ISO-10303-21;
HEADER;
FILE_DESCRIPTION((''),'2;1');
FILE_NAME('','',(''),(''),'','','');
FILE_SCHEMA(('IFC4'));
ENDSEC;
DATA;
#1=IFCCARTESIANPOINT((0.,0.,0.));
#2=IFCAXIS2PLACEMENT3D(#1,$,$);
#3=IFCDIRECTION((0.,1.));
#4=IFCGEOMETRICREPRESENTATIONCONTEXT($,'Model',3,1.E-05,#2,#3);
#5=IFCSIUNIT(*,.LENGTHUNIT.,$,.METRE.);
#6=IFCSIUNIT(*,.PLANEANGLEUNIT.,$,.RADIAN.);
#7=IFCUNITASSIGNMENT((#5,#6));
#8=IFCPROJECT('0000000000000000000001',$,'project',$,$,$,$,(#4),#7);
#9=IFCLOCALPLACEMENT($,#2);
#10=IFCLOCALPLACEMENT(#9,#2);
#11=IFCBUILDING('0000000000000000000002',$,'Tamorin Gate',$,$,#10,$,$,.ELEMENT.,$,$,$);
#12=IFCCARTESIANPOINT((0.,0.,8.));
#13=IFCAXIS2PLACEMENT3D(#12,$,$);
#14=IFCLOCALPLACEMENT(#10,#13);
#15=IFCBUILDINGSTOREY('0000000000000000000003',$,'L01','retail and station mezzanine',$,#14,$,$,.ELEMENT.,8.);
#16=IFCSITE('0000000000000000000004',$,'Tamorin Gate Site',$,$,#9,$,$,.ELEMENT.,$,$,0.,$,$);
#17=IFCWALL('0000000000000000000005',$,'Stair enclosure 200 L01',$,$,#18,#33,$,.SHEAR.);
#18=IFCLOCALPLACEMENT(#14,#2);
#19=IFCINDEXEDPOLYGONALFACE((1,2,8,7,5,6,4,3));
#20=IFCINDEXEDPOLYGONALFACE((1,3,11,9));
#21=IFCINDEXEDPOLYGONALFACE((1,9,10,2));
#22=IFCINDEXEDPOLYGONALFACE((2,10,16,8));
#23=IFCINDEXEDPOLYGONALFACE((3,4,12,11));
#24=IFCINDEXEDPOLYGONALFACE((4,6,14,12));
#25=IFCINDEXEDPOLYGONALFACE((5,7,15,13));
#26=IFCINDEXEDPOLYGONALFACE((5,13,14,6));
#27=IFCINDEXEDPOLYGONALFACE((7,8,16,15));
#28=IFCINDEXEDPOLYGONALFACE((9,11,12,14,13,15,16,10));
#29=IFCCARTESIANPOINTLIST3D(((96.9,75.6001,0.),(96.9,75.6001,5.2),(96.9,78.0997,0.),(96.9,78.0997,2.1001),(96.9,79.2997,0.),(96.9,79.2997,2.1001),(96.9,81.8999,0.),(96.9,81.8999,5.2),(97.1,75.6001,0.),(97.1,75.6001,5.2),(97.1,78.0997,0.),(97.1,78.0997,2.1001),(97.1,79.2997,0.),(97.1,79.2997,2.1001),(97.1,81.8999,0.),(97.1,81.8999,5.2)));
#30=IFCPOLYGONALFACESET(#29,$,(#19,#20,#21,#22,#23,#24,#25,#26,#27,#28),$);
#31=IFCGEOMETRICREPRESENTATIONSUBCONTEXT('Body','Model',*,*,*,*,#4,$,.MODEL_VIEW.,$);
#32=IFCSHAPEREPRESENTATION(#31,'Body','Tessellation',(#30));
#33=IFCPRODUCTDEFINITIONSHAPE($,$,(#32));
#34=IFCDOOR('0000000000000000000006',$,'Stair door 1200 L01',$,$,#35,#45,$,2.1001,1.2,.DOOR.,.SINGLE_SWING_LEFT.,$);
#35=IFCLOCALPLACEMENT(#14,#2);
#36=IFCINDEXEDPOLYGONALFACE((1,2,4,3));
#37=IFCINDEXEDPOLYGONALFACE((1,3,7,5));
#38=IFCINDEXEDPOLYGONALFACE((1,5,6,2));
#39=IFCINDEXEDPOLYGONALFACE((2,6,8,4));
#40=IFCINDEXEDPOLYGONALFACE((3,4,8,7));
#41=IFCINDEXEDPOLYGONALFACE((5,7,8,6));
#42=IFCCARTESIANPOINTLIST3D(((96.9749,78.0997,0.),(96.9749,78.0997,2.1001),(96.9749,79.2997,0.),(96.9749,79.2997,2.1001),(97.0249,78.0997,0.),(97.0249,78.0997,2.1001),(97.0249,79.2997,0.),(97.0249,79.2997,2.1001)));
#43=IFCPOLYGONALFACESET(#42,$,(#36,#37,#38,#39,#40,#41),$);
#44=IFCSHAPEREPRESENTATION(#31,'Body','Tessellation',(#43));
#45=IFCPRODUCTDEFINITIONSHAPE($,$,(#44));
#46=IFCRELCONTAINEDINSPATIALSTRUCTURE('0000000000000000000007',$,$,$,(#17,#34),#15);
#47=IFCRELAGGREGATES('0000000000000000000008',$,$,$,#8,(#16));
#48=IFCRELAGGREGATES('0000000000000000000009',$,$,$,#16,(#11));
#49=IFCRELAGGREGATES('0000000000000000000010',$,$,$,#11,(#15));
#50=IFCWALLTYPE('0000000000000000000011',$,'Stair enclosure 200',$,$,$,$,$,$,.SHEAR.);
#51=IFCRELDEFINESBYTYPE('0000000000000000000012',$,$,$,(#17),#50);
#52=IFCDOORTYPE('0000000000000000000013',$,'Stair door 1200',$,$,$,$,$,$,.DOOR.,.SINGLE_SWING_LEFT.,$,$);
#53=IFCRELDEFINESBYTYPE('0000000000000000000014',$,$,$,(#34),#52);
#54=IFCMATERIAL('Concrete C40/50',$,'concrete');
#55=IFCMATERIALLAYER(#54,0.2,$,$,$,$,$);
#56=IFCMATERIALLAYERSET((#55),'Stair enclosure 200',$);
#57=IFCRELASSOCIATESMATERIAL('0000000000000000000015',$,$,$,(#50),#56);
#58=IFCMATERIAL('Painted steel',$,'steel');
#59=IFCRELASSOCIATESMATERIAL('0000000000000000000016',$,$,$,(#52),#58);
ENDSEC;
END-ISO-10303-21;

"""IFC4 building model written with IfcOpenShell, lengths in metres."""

from ifc_helpers import new_model, si_unit, direction, frame, frame_2d, origin, place, context, subcontext, project, spatial, rectangle, extrude, material, layer, layer_set, type_object, element, fill, save


model = new_model("IFC4")

# Units and contexts
model_context = context("Model", 3, precision=1e-05, world=origin(), true_north=direction((0.0, 1.0)))
body_context = subcontext(model_context, "Body", "Model", "MODEL_VIEW")
ifc_project = project(units=[si_unit("LENGTHUNIT", "METRE"), si_unit("PLANEANGLEUNIT", "RADIAN")], contexts=[model_context])

# Site, building, storey
site_placement = place(None, origin())
site = spatial("IfcSite", under=ifc_project, at=site_placement, Name="Tamorin Gate Site", CompositionType="ELEMENT", RefElevation=0.0)
building_placement = place(site_placement, origin())
building = spatial("IfcBuilding", under=site, at=building_placement, Name="Tamorin Gate", CompositionType="ELEMENT")
storey_placement = place(building_placement, frame((0.0, 0.0, 8.0)))
storey = spatial("IfcBuildingStorey", under=building, at=storey_placement, Name="L01", Description="retail and station mezzanine", CompositionType="ELEMENT", Elevation=8.0)

# Shared definitions
ifc_material_1 = material(Name="Concrete C40/50", Category="concrete")
ifc_layer_1 = layer(ifc_material_1, 0.2)
ifc_layer_set_1 = layer_set([ifc_layer_1], Name="Stair enclosure 200")
wall_type_1 = type_object("IfcWallType", Name="Stair enclosure 200", PredefinedType="SHEAR", material=ifc_layer_set_1)

# Wall, opening, door
wall_1_placement = place(storey_placement, frame((97.0, 81.8999, 0.0), z_axis=(0.0, 0.0, 1.0), x_axis=(0.0, -1.0, 0.0)))
wall_1 = element("IfcWall", 1, at=wall_1_placement, inside=storey, type_object=wall_type_1, Name="Stair enclosure 200 L01", PredefinedType="SHEAR", context=body_context, shape_type="SweptSolid", body=[
    extrude(rectangle(XDim=6.2998, YDim=0.2, at=frame_2d((3.1499, 0.0))), origin(), (0.0, 0.0, 1.0), 5.2),
])
opening_1_placement = place(wall_1_placement, frame((2.6001, 0.0, 0.0)))
opening_1 = element("IfcOpeningElement", 2, at=opening_1_placement, cuts=wall_1, PredefinedType="OPENING", context=body_context, shape_type="SweptSolid", body=[
    extrude(rectangle(XDim=1.2, YDim=2.1001, at=frame_2d((0.6001, 1.05))), frame((0.0, 0.1099, 0.0), z_axis=(0.0, -1.0, 0.0), x_axis=(1.0, 0.0, 0.0)), (0.0, 0.0, 1.0), 0.22),
])
ifc_material_2 = material(Name="Painted steel", Category="steel")
door_type_1 = type_object("IfcDoorType", Name="Stair door 1200", OperationType="SINGLE_SWING_LEFT", PredefinedType="DOOR", material=ifc_material_2)
door_1_placement = place(opening_1_placement, origin())
door_1 = element("IfcDoor", 3, at=door_1_placement, inside=storey, type_object=door_type_1, Name="Stair door 1200 L01", OperationType="SINGLE_SWING_LEFT", OverallHeight=2.1001, OverallWidth=1.2, PredefinedType="DOOR", context=body_context, shape_type="SweptSolid", body=[
    extrude(rectangle(XDim=1.2, YDim=2.1001, at=frame_2d((0.6001, 1.05))), frame((0.0, 0.0249, 0.0), z_axis=(0.0, -1.0, 0.0), x_axis=(1.0, 0.0, 0.0)), (0.0, 0.0, 1.0), 0.05),
])
fill(opening_1, door_1)

save(model, "model.ifc")
